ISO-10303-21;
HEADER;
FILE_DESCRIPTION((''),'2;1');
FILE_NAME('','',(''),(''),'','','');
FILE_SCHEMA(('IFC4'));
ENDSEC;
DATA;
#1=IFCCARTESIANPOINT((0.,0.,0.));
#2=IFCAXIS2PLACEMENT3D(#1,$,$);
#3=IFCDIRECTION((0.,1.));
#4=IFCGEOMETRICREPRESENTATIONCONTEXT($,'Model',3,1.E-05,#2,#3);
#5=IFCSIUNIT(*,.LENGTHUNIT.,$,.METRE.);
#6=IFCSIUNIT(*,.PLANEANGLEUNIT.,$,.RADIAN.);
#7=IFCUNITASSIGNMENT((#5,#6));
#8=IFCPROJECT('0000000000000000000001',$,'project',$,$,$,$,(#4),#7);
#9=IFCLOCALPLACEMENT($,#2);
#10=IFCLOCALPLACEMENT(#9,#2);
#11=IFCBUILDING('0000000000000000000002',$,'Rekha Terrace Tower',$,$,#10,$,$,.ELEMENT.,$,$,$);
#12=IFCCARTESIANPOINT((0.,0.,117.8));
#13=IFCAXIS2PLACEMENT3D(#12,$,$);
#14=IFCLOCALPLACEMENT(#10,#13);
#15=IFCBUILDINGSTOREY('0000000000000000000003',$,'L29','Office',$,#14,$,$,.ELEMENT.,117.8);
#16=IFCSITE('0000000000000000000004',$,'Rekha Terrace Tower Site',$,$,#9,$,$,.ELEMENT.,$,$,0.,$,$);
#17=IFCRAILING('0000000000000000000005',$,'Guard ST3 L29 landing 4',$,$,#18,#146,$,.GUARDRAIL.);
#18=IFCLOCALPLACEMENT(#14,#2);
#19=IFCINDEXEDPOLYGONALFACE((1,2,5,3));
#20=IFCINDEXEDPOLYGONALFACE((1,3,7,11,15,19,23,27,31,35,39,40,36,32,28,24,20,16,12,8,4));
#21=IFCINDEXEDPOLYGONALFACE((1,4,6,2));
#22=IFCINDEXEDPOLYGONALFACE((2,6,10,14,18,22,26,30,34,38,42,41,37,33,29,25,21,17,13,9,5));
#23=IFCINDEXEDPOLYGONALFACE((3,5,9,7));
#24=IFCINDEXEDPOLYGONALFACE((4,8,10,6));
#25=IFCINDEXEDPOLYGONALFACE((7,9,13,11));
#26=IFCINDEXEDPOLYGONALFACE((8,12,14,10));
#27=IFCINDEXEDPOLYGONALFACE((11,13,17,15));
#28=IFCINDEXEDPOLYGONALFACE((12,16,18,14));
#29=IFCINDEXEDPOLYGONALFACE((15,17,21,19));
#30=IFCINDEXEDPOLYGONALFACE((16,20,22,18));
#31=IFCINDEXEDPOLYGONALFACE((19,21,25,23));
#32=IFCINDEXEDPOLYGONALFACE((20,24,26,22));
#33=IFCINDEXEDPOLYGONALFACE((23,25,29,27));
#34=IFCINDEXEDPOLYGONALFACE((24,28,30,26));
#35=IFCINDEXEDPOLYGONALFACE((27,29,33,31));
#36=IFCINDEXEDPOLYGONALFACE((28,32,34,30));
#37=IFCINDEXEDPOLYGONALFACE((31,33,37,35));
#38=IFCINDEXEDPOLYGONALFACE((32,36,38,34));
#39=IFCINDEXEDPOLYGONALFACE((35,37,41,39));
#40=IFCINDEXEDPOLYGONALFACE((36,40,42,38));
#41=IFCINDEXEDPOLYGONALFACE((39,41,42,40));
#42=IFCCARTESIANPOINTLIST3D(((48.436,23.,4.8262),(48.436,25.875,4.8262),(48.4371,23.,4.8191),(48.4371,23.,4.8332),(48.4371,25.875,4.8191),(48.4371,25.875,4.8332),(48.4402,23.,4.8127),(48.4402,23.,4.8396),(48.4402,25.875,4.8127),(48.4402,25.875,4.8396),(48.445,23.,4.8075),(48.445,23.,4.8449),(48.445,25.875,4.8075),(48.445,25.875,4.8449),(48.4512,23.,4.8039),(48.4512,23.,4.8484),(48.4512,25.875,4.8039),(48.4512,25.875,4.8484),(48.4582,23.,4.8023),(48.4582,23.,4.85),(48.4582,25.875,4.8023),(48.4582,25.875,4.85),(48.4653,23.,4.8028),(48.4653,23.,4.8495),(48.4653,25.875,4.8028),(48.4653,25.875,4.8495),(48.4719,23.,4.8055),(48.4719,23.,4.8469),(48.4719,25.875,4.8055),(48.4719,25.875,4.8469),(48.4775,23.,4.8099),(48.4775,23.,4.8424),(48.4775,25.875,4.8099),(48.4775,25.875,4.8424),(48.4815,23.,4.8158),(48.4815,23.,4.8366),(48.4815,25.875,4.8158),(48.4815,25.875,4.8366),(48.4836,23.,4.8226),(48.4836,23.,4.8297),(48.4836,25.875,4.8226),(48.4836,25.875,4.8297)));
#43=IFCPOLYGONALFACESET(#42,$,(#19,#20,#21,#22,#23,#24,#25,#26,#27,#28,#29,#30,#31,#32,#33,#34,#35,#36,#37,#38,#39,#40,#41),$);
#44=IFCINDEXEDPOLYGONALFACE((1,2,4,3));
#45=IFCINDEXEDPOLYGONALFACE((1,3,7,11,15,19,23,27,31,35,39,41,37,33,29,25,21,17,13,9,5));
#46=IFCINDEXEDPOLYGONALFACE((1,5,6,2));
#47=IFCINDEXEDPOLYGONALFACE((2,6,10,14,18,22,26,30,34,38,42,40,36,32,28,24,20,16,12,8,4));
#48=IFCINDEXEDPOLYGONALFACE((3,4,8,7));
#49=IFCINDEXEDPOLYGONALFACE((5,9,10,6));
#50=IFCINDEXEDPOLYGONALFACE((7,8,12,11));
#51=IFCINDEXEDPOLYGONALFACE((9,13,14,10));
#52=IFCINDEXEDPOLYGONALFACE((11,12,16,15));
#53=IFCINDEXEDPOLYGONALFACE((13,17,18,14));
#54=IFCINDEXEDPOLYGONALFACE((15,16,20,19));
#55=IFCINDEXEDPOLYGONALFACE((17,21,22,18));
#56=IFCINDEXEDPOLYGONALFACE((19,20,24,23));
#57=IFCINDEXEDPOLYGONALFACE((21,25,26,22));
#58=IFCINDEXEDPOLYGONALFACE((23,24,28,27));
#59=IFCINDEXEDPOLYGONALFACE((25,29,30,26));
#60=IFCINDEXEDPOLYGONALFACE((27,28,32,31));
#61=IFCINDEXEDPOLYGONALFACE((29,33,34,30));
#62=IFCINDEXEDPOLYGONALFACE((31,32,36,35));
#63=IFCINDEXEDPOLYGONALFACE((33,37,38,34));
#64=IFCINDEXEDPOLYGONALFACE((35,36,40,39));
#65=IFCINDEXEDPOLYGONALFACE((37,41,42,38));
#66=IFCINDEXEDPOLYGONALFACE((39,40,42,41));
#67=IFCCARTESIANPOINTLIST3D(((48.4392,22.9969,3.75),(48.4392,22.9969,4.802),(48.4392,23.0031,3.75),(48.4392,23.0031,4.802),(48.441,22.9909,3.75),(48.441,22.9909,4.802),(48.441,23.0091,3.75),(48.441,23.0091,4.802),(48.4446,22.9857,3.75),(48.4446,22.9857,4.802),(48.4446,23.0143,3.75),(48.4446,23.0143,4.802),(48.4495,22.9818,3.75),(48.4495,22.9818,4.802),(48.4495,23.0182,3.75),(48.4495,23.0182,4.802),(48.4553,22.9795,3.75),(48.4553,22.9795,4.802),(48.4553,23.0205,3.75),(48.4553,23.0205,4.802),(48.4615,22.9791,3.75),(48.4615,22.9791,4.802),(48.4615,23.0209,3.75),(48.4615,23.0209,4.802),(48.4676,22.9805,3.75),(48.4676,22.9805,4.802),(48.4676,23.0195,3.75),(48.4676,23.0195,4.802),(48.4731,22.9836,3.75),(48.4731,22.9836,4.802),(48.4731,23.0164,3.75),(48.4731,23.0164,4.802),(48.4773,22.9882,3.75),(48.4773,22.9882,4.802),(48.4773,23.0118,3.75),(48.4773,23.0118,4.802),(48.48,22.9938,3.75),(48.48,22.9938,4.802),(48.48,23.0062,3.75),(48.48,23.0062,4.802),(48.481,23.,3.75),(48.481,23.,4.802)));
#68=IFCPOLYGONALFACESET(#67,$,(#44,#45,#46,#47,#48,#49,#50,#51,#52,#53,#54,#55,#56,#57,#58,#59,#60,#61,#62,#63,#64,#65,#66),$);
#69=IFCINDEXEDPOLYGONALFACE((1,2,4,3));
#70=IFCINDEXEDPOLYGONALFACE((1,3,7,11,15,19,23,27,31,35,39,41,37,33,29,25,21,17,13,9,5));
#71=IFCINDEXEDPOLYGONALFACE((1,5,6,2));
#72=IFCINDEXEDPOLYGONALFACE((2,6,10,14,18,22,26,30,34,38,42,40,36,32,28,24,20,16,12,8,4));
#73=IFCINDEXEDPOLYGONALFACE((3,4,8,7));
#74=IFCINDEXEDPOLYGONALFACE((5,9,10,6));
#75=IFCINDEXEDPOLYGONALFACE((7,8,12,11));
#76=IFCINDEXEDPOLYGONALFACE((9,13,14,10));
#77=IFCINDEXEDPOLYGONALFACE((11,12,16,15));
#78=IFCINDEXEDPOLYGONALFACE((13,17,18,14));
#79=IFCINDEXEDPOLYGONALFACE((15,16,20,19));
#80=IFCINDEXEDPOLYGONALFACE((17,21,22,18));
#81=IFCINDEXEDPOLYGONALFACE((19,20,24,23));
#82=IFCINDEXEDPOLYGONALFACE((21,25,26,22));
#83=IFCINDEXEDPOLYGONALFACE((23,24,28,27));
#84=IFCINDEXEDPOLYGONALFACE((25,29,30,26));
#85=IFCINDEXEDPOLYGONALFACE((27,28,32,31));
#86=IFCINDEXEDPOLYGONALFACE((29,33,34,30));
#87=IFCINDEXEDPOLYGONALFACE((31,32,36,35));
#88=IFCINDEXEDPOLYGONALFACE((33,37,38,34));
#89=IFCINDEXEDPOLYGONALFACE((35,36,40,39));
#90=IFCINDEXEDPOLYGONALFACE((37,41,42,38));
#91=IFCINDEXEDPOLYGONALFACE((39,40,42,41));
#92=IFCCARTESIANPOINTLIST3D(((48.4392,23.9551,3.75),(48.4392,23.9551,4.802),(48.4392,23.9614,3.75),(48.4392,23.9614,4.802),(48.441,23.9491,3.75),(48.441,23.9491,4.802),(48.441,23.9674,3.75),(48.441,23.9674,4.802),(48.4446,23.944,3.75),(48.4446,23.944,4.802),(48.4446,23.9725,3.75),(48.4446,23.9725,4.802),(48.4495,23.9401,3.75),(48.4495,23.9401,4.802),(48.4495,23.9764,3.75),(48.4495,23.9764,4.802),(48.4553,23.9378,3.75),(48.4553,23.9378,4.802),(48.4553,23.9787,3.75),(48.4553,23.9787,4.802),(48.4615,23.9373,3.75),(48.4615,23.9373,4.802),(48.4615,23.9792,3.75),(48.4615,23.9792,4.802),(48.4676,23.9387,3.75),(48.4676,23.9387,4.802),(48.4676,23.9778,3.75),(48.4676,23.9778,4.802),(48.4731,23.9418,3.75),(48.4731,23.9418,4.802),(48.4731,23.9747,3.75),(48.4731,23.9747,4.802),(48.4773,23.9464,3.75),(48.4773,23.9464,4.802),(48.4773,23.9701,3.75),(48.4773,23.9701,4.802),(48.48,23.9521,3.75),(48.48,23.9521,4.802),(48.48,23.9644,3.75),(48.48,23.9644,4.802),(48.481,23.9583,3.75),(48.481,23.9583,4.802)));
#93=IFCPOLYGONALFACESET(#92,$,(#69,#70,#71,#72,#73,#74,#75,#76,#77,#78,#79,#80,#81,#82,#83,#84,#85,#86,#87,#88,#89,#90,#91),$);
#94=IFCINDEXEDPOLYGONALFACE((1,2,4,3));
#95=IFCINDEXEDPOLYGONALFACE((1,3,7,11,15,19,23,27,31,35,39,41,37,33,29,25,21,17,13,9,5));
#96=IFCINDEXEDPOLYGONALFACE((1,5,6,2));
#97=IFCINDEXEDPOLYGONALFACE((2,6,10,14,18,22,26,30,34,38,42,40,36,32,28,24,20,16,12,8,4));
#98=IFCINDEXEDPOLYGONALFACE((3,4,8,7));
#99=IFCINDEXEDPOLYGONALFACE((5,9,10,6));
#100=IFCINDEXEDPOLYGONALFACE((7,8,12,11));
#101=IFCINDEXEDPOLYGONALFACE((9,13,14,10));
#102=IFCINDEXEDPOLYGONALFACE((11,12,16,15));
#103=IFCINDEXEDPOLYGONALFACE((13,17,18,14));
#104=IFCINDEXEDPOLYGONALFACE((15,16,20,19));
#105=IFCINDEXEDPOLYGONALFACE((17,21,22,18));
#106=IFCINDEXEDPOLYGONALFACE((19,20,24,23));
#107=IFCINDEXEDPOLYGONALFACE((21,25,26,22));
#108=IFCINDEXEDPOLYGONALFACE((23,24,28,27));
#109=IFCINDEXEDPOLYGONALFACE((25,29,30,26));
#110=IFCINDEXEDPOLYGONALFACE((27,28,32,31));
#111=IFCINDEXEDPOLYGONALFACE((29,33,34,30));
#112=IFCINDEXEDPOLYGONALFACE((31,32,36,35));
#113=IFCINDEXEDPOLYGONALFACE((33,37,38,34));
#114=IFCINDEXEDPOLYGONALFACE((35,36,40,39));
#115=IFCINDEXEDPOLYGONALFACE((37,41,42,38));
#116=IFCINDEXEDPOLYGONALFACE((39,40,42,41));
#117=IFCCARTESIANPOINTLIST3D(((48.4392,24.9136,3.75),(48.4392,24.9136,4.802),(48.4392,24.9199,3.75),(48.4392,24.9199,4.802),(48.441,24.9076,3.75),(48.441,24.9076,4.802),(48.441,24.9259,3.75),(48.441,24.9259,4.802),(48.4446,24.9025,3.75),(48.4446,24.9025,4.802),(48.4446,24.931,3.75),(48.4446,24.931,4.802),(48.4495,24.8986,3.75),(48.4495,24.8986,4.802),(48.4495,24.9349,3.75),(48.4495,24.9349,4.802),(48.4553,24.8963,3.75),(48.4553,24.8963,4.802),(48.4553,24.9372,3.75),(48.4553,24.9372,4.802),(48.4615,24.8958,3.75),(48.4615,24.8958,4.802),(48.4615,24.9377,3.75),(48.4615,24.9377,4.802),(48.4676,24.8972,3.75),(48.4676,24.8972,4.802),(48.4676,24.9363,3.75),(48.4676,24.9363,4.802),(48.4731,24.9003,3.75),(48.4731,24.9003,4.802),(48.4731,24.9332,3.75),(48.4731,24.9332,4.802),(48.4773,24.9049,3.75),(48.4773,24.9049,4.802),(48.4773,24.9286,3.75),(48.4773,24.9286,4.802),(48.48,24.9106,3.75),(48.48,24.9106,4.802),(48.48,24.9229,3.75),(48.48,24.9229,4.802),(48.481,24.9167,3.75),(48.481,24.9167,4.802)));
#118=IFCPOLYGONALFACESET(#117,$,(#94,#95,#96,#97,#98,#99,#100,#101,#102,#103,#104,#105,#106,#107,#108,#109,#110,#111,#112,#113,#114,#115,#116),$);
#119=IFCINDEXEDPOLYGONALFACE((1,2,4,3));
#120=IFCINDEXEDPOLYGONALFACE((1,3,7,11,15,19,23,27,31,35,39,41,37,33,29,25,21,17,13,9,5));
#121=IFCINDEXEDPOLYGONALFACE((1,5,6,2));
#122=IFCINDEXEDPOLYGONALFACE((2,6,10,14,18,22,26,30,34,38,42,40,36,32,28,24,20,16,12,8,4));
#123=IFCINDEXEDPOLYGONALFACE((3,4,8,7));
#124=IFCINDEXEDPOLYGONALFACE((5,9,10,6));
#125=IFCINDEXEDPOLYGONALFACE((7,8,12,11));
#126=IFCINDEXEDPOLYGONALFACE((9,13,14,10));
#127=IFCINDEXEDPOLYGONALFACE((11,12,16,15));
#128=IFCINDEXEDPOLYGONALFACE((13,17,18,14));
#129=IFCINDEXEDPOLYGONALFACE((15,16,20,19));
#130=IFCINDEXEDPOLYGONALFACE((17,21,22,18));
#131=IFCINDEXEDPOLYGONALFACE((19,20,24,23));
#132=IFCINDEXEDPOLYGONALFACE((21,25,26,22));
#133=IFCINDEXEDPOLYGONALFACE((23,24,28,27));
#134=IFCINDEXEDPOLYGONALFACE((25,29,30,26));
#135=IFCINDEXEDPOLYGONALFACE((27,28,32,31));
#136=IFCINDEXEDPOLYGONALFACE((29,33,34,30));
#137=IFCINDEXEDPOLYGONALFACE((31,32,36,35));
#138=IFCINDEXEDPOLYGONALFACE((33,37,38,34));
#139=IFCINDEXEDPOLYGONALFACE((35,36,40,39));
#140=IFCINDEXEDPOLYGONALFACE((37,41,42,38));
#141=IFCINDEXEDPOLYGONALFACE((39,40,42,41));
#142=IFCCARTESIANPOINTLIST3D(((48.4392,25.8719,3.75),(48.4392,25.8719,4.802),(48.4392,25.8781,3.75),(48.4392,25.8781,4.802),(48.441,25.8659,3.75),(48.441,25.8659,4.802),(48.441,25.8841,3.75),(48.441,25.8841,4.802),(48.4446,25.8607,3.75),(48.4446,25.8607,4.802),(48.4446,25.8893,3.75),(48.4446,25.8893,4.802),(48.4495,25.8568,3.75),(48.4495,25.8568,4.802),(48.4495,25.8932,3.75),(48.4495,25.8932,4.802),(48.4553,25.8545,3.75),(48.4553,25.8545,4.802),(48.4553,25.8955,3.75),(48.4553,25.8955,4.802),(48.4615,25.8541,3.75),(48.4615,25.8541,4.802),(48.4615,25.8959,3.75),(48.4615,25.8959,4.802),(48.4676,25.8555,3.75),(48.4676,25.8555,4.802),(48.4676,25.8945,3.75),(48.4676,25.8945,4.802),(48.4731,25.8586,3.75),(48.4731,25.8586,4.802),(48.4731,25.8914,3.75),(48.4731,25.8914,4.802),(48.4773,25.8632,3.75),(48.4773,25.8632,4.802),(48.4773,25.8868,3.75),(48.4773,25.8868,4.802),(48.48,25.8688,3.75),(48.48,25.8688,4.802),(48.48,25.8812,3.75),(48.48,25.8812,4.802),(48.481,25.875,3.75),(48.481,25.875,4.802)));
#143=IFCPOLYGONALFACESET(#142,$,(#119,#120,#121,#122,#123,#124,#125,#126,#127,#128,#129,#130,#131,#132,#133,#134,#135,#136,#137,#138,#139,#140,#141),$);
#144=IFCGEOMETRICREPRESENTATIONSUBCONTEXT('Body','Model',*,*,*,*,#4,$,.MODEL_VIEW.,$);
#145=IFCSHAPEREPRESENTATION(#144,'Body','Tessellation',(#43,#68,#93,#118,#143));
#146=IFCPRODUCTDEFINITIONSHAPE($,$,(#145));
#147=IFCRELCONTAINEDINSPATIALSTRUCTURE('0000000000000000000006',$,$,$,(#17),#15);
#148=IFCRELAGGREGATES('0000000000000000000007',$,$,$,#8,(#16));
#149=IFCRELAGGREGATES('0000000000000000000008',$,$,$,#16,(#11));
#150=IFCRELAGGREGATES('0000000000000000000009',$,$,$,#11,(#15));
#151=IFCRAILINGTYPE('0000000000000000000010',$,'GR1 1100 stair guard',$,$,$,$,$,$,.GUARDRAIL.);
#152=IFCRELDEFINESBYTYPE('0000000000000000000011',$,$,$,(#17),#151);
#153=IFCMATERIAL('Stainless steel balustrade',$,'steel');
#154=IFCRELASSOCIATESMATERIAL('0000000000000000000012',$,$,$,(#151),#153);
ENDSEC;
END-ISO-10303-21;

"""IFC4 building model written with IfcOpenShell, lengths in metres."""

from ifc_helpers import new_model, si_unit, direction, frame, origin, origin_2d, place, context, subcontext, project, spatial, circle, extrude, material, type_object, element, save


model = new_model("IFC4")

# Units and contexts
model_context = context("Model", 3, precision=1e-05, world=origin(), true_north=direction((0.0, 1.0)))
body_context = subcontext(model_context, "Body", "Model", "MODEL_VIEW")
ifc_project = project(units=[si_unit("LENGTHUNIT", "METRE"), si_unit("PLANEANGLEUNIT", "RADIAN")], contexts=[model_context])

# Site, building, storey
site_placement = place(None, origin())
site = spatial("IfcSite", under=ifc_project, at=site_placement, Name="Rekha Terrace Tower Site", CompositionType="ELEMENT", RefElevation=0.0)
building_placement = place(site_placement, origin())
building = spatial("IfcBuilding", under=site, at=building_placement, Name="Rekha Terrace Tower", CompositionType="ELEMENT")
storey_placement = place(building_placement, frame((0.0, 0.0, 117.8)))
storey = spatial("IfcBuildingStorey", under=building, at=storey_placement, Name="L29", Description="Office", CompositionType="ELEMENT", Elevation=117.8)

# Railing
ifc_material_1 = material(Name="Stainless steel balustrade", Category="steel")
railing_type = type_object("IfcRailingType", Name="GR1 1100 stair guard", PredefinedType="GUARDRAIL", material=ifc_material_1)
railing_placement = place(storey_placement, frame((48.46, 23.0, 3.75)))
element("IfcRailing", 1, at=railing_placement, inside=storey, type_object=railing_type, Name="Guard ST3 L29 landing 4", PredefinedType="GUARDRAIL", context=body_context, shape_type="SweptSolid", body=[
    extrude(circle(Radius=0.0239, at=origin_2d()), frame((0.0, 0.0, 1.0762), z_axis=(0.0, 1.0, 0.0), x_axis=(-1.0, 0.0, 0.0)), (0.0, 0.0, 1.0), 2.875),
    extrude(circle(Radius=0.021, at=origin_2d()), origin(), (0.0, 0.0, 1.0), 1.052),
    extrude(circle(Radius=0.021, at=origin_2d()), frame((0.0, 0.9583, 0.0)), (0.0, 0.0, 1.0), 1.052),
    extrude(circle(Radius=0.021, at=origin_2d()), frame((0.0, 1.9167, 0.0)), (0.0, 0.0, 1.0), 1.052),
    extrude(circle(Radius=0.021, at=origin_2d()), frame((0.0, 2.875, 0.0)), (0.0, 0.0, 1.0), 1.052),
])

save(model, "model.ifc")
